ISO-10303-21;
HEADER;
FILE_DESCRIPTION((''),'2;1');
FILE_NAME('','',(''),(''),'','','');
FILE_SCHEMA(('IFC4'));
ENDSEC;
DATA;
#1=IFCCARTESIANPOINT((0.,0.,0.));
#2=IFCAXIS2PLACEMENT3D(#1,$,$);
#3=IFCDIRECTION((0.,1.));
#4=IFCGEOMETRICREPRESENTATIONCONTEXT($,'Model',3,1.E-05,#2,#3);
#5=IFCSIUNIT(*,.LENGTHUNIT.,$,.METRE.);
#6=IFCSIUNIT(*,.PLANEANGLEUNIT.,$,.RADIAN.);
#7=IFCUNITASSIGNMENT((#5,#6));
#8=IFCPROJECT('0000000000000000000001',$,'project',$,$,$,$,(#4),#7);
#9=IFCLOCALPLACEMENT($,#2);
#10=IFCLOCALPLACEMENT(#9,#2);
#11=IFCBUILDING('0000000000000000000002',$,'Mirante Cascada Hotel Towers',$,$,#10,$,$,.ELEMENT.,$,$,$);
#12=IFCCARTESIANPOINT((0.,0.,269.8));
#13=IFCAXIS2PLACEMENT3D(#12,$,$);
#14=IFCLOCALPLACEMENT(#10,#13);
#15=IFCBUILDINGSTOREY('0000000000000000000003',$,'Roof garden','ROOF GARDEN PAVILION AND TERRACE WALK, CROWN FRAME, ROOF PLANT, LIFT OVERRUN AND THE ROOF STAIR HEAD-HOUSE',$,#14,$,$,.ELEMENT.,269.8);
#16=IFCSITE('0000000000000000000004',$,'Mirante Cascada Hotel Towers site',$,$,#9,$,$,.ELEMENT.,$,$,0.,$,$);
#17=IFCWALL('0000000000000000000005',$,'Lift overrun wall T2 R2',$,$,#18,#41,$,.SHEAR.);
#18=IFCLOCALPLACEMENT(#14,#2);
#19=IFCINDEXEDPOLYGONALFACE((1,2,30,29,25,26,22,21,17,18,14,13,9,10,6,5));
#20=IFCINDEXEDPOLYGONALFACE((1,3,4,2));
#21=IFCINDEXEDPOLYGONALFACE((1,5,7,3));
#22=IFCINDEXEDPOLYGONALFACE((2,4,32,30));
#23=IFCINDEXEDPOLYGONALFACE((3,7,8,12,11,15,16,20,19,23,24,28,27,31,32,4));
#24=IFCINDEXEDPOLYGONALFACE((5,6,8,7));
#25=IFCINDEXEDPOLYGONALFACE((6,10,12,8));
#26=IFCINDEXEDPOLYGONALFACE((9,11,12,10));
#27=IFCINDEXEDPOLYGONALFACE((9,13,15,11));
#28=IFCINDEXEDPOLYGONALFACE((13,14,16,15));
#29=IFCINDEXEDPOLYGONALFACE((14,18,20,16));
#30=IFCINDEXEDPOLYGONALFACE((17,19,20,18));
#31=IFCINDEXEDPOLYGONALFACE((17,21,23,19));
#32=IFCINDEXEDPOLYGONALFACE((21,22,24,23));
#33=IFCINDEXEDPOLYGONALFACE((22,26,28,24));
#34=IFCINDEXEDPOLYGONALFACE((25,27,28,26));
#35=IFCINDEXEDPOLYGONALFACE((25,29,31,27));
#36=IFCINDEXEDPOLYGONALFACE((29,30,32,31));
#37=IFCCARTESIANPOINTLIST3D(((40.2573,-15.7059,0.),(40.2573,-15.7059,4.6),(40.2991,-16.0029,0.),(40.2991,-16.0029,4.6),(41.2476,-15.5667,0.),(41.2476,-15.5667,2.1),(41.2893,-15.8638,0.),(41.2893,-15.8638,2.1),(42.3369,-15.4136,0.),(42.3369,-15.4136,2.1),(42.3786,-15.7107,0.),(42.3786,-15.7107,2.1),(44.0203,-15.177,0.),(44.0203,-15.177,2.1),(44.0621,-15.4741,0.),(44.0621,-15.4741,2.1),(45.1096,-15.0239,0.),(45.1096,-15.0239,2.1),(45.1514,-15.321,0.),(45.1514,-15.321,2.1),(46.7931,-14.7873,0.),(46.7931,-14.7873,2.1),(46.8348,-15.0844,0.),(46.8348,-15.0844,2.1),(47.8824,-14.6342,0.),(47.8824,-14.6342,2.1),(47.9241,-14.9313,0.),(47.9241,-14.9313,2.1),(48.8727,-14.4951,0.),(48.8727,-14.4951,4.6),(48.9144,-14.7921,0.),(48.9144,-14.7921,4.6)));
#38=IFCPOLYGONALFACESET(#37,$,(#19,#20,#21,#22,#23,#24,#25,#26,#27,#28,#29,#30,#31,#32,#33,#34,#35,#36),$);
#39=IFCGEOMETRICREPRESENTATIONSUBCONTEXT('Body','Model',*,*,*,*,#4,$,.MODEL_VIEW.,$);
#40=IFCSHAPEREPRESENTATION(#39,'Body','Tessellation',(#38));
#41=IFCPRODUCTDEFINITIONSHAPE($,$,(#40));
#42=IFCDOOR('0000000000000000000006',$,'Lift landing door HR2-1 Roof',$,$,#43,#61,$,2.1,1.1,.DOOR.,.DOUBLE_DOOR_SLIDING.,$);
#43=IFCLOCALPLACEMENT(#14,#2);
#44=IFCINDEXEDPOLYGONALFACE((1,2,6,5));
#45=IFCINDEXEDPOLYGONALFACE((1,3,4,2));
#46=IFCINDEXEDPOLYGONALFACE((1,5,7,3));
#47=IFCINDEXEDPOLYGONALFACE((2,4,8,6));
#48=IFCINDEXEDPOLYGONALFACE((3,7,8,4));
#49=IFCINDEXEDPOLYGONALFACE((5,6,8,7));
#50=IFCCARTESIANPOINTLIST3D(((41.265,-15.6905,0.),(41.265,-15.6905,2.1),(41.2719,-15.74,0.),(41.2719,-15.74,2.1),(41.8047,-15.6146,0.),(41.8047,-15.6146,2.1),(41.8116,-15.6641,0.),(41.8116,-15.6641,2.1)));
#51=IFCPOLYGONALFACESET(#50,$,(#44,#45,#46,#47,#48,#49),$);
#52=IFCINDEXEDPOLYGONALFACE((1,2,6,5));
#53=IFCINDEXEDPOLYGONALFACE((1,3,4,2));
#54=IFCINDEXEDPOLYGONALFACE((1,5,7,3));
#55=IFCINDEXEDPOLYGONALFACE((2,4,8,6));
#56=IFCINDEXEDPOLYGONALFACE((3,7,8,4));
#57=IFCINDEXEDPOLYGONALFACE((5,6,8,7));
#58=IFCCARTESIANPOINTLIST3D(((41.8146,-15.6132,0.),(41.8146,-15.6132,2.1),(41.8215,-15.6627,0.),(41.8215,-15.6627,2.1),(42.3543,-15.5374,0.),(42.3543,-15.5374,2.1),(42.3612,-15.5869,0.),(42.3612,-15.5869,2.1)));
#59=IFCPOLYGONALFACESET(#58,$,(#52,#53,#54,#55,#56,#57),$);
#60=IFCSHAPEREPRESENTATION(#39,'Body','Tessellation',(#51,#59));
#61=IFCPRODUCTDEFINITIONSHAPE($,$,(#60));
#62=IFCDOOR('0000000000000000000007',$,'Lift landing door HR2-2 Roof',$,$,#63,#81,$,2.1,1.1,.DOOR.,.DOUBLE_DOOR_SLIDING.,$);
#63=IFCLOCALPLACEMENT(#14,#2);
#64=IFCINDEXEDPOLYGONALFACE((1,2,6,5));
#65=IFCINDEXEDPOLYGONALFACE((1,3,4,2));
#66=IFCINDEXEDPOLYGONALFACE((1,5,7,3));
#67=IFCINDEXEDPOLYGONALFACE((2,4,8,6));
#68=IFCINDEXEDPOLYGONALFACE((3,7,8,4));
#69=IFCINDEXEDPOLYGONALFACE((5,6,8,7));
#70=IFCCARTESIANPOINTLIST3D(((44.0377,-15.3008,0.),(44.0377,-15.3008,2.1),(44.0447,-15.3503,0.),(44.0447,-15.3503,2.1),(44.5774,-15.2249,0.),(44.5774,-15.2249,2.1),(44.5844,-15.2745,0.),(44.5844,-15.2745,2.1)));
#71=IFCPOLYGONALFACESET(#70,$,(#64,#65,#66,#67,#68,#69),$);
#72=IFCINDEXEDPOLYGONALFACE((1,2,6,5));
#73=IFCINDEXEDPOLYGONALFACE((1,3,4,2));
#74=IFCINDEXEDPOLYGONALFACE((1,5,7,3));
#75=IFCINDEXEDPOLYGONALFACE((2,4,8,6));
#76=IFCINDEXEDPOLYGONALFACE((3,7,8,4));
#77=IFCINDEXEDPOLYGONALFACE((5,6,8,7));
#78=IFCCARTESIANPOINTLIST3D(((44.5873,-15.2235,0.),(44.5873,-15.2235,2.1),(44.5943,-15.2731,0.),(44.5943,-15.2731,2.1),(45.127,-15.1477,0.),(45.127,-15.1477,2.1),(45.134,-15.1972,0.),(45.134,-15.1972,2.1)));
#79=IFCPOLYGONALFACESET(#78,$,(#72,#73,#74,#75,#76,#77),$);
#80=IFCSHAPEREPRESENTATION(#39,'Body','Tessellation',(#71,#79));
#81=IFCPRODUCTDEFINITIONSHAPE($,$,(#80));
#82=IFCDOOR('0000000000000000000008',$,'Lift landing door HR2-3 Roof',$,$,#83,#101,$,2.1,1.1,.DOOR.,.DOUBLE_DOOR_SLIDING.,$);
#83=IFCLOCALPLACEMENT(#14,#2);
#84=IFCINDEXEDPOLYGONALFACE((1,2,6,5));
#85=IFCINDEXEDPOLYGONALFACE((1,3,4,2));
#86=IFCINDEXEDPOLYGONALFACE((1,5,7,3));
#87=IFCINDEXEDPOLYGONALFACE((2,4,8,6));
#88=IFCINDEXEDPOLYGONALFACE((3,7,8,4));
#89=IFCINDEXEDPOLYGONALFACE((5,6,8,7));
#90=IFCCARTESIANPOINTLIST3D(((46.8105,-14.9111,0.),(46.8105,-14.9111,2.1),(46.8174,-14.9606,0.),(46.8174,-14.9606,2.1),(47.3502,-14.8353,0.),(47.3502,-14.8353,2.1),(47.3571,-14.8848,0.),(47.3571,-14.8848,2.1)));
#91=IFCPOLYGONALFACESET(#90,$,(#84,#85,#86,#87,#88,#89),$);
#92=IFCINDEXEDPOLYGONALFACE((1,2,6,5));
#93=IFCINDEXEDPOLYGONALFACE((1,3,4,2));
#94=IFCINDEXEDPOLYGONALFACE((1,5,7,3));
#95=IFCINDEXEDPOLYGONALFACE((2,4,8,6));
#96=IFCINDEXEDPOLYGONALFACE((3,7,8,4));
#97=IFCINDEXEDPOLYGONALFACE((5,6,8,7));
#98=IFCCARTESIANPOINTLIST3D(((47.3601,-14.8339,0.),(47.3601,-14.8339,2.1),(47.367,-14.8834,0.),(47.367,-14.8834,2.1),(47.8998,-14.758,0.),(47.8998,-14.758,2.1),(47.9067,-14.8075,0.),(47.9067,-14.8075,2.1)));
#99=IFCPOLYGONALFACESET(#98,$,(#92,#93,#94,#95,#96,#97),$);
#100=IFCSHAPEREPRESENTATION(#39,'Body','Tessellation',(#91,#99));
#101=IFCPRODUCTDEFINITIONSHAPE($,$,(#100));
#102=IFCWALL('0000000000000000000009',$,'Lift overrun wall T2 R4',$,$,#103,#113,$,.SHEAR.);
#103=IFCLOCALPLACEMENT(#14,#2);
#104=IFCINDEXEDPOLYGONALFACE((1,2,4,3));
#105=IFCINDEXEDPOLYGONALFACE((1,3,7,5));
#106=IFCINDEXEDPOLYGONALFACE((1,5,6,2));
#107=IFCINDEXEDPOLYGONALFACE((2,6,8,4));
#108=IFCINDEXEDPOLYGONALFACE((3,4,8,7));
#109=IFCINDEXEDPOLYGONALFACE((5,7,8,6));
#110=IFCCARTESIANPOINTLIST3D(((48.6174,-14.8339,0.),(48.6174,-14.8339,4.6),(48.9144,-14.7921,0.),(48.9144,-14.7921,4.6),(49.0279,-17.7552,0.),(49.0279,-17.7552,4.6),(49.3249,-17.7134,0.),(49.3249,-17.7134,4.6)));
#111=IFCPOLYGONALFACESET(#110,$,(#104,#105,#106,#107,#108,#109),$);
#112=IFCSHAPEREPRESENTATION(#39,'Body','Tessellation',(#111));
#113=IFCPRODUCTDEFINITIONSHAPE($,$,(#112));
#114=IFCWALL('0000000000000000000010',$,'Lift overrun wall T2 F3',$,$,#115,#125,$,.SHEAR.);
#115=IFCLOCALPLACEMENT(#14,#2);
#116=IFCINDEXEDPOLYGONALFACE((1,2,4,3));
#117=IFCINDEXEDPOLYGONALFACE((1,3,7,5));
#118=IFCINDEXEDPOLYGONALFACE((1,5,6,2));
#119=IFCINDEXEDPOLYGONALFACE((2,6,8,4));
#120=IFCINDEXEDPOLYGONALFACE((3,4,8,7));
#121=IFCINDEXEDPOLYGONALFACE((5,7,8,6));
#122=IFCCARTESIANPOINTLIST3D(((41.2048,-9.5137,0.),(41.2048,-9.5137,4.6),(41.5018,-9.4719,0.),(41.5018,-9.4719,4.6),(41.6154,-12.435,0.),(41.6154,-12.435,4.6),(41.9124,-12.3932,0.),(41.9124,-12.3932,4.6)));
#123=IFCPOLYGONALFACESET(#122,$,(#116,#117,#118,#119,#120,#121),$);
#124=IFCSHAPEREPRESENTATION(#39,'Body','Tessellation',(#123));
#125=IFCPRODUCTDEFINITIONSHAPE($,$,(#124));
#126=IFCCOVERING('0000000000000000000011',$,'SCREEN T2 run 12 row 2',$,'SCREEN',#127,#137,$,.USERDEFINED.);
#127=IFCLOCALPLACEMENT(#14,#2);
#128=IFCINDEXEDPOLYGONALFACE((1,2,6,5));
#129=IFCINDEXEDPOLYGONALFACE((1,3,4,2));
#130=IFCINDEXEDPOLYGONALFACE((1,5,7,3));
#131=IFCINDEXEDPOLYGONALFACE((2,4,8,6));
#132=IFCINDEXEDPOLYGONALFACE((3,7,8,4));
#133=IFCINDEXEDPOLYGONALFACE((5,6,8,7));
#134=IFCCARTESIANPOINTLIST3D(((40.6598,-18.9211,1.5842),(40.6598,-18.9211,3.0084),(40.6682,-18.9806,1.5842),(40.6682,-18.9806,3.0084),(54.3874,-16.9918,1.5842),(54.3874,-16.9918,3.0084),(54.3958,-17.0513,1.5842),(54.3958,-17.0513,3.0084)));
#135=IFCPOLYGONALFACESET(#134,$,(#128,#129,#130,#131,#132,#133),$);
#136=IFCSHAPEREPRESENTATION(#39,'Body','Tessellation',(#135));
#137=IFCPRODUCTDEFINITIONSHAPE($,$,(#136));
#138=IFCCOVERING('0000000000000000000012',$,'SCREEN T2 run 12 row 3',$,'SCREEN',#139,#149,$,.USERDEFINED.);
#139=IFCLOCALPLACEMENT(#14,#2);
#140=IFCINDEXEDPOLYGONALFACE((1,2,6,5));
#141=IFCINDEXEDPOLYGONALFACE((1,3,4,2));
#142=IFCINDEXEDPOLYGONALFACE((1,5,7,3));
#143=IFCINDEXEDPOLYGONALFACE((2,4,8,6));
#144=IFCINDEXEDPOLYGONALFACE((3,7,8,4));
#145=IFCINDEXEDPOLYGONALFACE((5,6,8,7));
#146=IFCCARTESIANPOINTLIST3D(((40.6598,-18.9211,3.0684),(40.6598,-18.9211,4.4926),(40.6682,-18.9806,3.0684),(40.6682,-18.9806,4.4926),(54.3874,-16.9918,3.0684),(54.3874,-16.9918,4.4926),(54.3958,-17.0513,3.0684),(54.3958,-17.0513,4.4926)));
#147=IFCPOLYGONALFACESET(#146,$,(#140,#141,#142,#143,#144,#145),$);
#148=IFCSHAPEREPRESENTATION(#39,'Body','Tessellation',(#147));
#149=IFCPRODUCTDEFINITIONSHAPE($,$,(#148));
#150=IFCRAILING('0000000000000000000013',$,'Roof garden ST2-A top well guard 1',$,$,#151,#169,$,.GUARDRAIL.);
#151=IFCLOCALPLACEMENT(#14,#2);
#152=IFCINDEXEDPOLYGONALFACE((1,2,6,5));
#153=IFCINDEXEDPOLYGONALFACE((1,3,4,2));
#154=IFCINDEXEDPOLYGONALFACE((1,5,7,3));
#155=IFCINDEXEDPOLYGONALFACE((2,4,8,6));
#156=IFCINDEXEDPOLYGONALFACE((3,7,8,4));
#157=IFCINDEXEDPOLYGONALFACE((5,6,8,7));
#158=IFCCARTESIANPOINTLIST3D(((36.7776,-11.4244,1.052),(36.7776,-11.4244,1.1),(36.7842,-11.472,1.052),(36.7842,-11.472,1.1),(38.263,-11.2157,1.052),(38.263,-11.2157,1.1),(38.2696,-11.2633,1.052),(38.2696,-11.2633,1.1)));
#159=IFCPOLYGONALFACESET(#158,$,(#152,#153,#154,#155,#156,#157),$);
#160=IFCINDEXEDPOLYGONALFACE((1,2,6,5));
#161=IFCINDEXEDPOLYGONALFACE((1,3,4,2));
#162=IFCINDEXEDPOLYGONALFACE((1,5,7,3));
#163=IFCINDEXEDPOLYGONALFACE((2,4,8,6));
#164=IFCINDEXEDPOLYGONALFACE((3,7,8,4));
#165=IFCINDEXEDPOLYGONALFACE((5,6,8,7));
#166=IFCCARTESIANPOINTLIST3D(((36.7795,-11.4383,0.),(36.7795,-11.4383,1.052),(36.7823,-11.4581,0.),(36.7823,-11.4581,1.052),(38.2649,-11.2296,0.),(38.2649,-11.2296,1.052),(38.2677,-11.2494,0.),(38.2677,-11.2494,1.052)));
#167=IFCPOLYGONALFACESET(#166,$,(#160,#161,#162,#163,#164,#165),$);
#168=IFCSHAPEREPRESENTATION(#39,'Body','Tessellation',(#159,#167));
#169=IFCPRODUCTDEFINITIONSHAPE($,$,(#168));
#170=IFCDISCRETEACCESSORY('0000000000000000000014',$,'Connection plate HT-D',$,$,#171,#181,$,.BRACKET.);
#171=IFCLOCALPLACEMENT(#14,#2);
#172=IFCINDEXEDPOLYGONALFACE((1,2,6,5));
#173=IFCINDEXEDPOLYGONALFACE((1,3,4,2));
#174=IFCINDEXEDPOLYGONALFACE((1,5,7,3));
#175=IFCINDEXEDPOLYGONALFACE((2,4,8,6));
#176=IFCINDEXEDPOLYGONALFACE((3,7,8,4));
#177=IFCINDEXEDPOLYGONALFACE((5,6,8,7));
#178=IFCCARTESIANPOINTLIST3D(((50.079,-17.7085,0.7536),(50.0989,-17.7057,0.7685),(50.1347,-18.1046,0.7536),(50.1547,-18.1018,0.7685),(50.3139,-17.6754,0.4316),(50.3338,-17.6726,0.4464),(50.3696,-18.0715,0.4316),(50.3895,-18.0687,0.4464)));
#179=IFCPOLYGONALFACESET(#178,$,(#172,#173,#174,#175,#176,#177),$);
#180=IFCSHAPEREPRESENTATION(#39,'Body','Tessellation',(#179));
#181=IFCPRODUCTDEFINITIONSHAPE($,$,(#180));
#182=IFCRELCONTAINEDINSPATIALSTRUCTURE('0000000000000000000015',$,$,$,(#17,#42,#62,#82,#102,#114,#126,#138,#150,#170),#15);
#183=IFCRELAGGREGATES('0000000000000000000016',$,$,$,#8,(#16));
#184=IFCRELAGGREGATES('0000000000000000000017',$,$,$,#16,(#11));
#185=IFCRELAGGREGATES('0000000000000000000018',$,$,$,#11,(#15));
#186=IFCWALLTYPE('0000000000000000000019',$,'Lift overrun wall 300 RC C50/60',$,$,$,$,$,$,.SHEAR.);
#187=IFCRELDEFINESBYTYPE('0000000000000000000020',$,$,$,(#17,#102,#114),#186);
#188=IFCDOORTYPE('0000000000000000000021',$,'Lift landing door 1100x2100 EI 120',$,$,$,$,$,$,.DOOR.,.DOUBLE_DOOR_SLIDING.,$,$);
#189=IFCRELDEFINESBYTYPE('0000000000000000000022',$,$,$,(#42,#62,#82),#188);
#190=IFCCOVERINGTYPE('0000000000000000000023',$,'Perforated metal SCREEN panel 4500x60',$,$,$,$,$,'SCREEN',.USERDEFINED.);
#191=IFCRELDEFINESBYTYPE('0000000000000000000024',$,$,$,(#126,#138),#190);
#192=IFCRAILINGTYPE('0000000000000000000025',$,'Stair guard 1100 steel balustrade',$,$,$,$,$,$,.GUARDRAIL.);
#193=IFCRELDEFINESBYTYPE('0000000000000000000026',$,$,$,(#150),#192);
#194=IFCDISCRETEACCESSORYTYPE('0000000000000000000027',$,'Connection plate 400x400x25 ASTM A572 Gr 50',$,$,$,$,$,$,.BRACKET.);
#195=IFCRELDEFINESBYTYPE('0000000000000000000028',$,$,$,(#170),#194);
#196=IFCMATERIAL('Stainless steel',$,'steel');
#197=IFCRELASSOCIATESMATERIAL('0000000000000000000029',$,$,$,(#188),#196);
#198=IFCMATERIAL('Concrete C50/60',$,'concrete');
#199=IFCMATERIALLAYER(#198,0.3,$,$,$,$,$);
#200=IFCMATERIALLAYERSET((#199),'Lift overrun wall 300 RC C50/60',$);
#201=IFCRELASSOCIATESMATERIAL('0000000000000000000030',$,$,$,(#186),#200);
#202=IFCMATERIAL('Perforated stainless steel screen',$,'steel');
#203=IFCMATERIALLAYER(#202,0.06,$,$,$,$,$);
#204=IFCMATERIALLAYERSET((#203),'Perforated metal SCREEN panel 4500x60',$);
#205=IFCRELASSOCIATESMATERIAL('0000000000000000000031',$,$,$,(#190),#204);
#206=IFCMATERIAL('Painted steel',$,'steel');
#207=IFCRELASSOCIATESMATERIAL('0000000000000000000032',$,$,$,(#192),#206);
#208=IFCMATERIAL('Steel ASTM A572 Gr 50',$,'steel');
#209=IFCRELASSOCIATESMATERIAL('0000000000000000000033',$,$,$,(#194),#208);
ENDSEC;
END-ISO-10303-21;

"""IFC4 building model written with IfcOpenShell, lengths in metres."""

from ifc_helpers import new_model, si_unit, direction, frame, frame_2d, origin, origin_2d, place, context, subcontext, project, spatial, rectangle, extrude, material, layer, layer_set, material_profile, profile_set, type_object, element, fill, save


model = new_model("IFC4")

# Units and contexts
model_context = context("Model", 3, precision=1e-05, world=origin(), true_north=direction((0.0, 1.0)))
body_context = subcontext(model_context, "Body", "Model", "MODEL_VIEW")
ifc_project = project(units=[si_unit("LENGTHUNIT", "METRE"), si_unit("PLANEANGLEUNIT", "RADIAN")], contexts=[model_context])

# Site, building, storey
site_placement = place(None, origin())
site = spatial("IfcSite", under=ifc_project, at=site_placement, Name="Mirante Cascada Hotel Towers site", CompositionType="ELEMENT", RefElevation=0.0)
building_placement = place(site_placement, origin())
building = spatial("IfcBuilding", under=site, at=building_placement, Name="Mirante Cascada Hotel Towers", CompositionType="ELEMENT")
storey_placement = place(building_placement, frame((0.0, 0.0, 269.8)))
storey = spatial("IfcBuildingStorey", under=building, at=storey_placement, Name="Roof garden", Description="ROOF GARDEN PAVILION AND TERRACE WALK, CROWN FRAME, ROOF PLANT, LIFT OVERRUN AND THE ROOF STAIR HEAD-HOUSE", CompositionType="ELEMENT", Elevation=269.8)

# Shared definitions
ifc_material_1 = material(Name="Stainless steel", Category="steel")
door_type = type_object("IfcDoorType", Name="Lift landing door 1100x2100 EI 120", OperationType="DOUBLE_DOOR_SLIDING", PredefinedType="DOOR", material=ifc_material_1)

# Wall, openings, doors
ifc_material_2 = material(Name="Concrete C50/60", Category="concrete")
ifc_layer_1 = layer(ifc_material_2, 0.3)
ifc_layer_set_1 = layer_set([ifc_layer_1], Name="Lift overrun wall 300 RC C50/60")
wall_type_1 = type_object("IfcWallType", Name="Lift overrun wall 300 RC C50/60", PredefinedType="SHEAR", material=ifc_layer_set_1)
wall_1_placement = place(storey_placement, frame((40.2782, -15.8544, 0.0), z_axis=(0.0, 0.0, 1.0), x_axis=(0.990268, 0.139173, 0.0)))
wall_1 = element("IfcWall", 1, at=wall_1_placement, inside=storey, type_object=wall_type_1, Name="Lift overrun wall T2 R2", PredefinedType="SHEAR", context=body_context, shape_type="SweptSolid", body=[
    extrude(rectangle(XDim=8.7, YDim=0.3, at=frame_2d((4.35, 0.0))), origin(), (0.0, 0.0, 1.0), 4.6),
])
opening_1_placement = place(wall_1_placement, frame((1.0, 0.0, 0.0)))
opening_1 = element("IfcOpeningElement", 2, at=opening_1_placement, cuts=wall_1, PredefinedType="OPENING", context=body_context, shape_type="SweptSolid", body=[
    extrude(rectangle(XDim=1.1, YDim=2.1, at=frame_2d((0.55, 1.05))), frame((0.0, 0.15, 0.0), z_axis=(0.0, -1.0, 0.0), x_axis=(1.0, 0.0, 0.0)), (0.0, 0.0, 1.0), 0.3),
])
opening_2_placement = place(wall_1_placement, frame((3.8, 0.0, 0.0)))
opening_2 = element("IfcOpeningElement", 3, at=opening_2_placement, cuts=wall_1, PredefinedType="OPENING", context=body_context, shape_type="SweptSolid", body=[
    extrude(rectangle(XDim=1.1, YDim=2.1, at=frame_2d((0.55, 1.05))), frame((0.0, 0.15, 0.0), z_axis=(0.0, -1.0, 0.0), x_axis=(1.0, 0.0, 0.0)), (0.0, 0.0, 1.0), 0.3),
])
opening_3_placement = place(wall_1_placement, frame((6.6, 0.0, 0.0)))
opening_3 = element("IfcOpeningElement", 4, at=opening_3_placement, cuts=wall_1, PredefinedType="OPENING", context=body_context, shape_type="SweptSolid", body=[
    extrude(rectangle(XDim=1.1, YDim=2.1, at=frame_2d((0.55, 1.05))), frame((0.0, 0.15, 0.0), z_axis=(0.0, -1.0, 0.0), x_axis=(1.0, 0.0, 0.0)), (0.0, 0.0, 1.0), 0.3),
])
door_1_placement = place(opening_1_placement, origin())
door_1 = element("IfcDoor", 5, at=door_1_placement, inside=storey, type_object=door_type, Name="Lift landing door HR2-1 Roof", OperationType="DOUBLE_DOOR_SLIDING", OverallHeight=2.1, OverallWidth=1.1, PredefinedType="DOOR", context=body_context, shape_type="SweptSolid", body=[
    extrude(rectangle(XDim=0.545, YDim=2.1, at=frame_2d((0.2725, 1.05))), frame((0.0, 0.025, 0.0), z_axis=(0.0, -1.0, 0.0), x_axis=(1.0, 0.0, 0.0)), (0.0, 0.0, 1.0), 0.05),
    extrude(rectangle(XDim=0.545, YDim=2.1, at=frame_2d((0.8275, 1.05))), frame((0.0, 0.025, 0.0), z_axis=(0.0, -1.0, 0.0), x_axis=(1.0, 0.0, 0.0)), (0.0, 0.0, 1.0), 0.05),
])
fill(opening_1, door_1)
door_2_placement = place(opening_2_placement, origin())
door_2 = element("IfcDoor", 6, at=door_2_placement, inside=storey, type_object=door_type, Name="Lift landing door HR2-2 Roof", OperationType="DOUBLE_DOOR_SLIDING", OverallHeight=2.1, OverallWidth=1.1, PredefinedType="DOOR", context=body_context, shape_type="SweptSolid", body=[
    extrude(rectangle(XDim=0.545, YDim=2.1, at=frame_2d((0.2725, 1.05))), frame((0.0, 0.025, 0.0), z_axis=(0.0, -1.0, 0.0), x_axis=(1.0, 0.0, 0.0)), (0.0, 0.0, 1.0), 0.05),
    extrude(rectangle(XDim=0.545, YDim=2.1, at=frame_2d((0.8275, 1.05))), frame((0.0, 0.025, 0.0), z_axis=(0.0, -1.0, 0.0), x_axis=(1.0, 0.0, 0.0)), (0.0, 0.0, 1.0), 0.05),
])
fill(opening_2, door_2)
door_3_placement = place(opening_3_placement, origin())
door_3 = element("IfcDoor", 7, at=door_3_placement, inside=storey, type_object=door_type, Name="Lift landing door HR2-3 Roof", OperationType="DOUBLE_DOOR_SLIDING", OverallHeight=2.1, OverallWidth=1.1, PredefinedType="DOOR", context=body_context, shape_type="SweptSolid", body=[
    extrude(rectangle(XDim=0.545, YDim=2.1, at=frame_2d((0.2725, 1.05))), frame((0.0, 0.025, 0.0), z_axis=(0.0, -1.0, 0.0), x_axis=(1.0, 0.0, 0.0)), (0.0, 0.0, 1.0), 0.05),
    extrude(rectangle(XDim=0.545, YDim=2.1, at=frame_2d((0.8275, 1.05))), frame((0.0, 0.025, 0.0), z_axis=(0.0, -1.0, 0.0), x_axis=(1.0, 0.0, 0.0)), (0.0, 0.0, 1.0), 0.05),
])
fill(opening_3, door_3)

# Walls
for number, where, z_axis, x_axis, name in (
    (8, (49.1764, -17.7343, 0.0), (0.0, 0.0, 1.0), (-0.139153, 0.990271, 0.0), "Lift overrun wall T2 R4"),
    (9, (41.7639, -12.4141, 0.0), (0.0, 0.0, 1.0), (-0.139186, 0.990266, 0.0), "Lift overrun wall T2 F3"),
):
    element("IfcWall", number, at=place(storey_placement, frame(where, z_axis=z_axis, x_axis=x_axis)), inside=storey, type_object=wall_type_1, Name=name, PredefinedType="SHEAR", context=body_context, shape_type="SweptSolid", body=[
        extrude(rectangle(XDim=2.95, YDim=0.3, at=frame_2d((1.475, 0.0))), origin(), (0.0, 0.0, 1.0), 4.6),
    ])

# Coverings
ifc_material_3 = material(Name="Perforated stainless steel screen", Category="steel")
ifc_layer_2 = layer(ifc_material_3, 0.06)
ifc_layer_set_2 = layer_set([ifc_layer_2], Name="Perforated metal SCREEN panel 4500x60")
covering_type = type_object("IfcCoveringType", Name="Perforated metal SCREEN panel 4500x60", ElementType="SCREEN", PredefinedType="USERDEFINED", material=ifc_layer_set_2)
for number, where, z_axis, x_axis, name in (
    (10, (47.5278, -17.9862, 1.5842), (0.0, 0.0, 1.0), (-0.990268, -0.139173, 0.0), "SCREEN T2 run 12 row 2"),
    (11, (47.5278, -17.9862, 3.0684), (0.0, 0.0, 1.0), (-0.990268, -0.139173, 0.0), "SCREEN T2 run 12 row 3"),
):
    element("IfcCovering", number, at=place(storey_placement, frame(where, z_axis=z_axis, x_axis=x_axis)), inside=storey, type_object=covering_type, Name=name, ObjectType="SCREEN", PredefinedType="USERDEFINED", context=body_context, shape_type="SweptSolid", body=[
        extrude(rectangle(XDim=13.8625, YDim=0.06, at=origin_2d()), origin(), (0.0, 0.0, 1.0), 1.4242),
    ])

# Railing
ifc_material_4 = material(Name="Painted steel", Category="steel")
railing_type = type_object("IfcRailingType", Name="Stair guard 1100 steel balustrade", PredefinedType="GUARDRAIL", material=ifc_material_4)
railing_placement = place(storey_placement, frame((36.7809, -11.4482, 0.0)))
element("IfcRailing", 12, at=railing_placement, inside=storey, type_object=railing_type, Name="Roof garden ST2-A top well guard 1", PredefinedType="GUARDRAIL", context=body_context, shape_type="SweptSolid", body=[
    extrude(rectangle(XDim=0.048, YDim=0.048, at=origin_2d()), frame((0.0, 0.0, 1.076), z_axis=(0.990274, 0.139134, 0.0), x_axis=(-0.139134, 0.990274, 0.0)), (0.0, 0.0, 1.0), 1.5),
    extrude(rectangle(XDim=0.02, YDim=1.052, at=origin_2d()), frame((0.0, 0.0, 0.526), z_axis=(0.990274, 0.139134, 0.0), x_axis=(-0.139134, 0.990274, 0.0)), (0.0, 0.0, 1.0), 1.5),
])

# Discrete accessory
ifc_material_5 = material(Name="Steel ASTM A572 Gr 50", Category="steel")
ifc_material_profile_1 = material_profile(ifc_material_5, rectangle(XDim=0.4, YDim=0.4, at=origin_2d()), Name="Connection plate 400x400x25 ASTM A572 Gr 50")
ifc_profile_set_1 = profile_set([ifc_material_profile_1], Name="Steel ASTM A572 Gr 50")
discrete_accessory_type = type_object("IfcDiscreteAccessoryType", Name="Connection plate 400x400x25 ASTM A572 Gr 50", PredefinedType="BRACKET", material=ifc_profile_set_1)
for number, where, z_axis, x_axis, name in (
    (13, (50.2243, -17.89, 0.5926), (0.797347, 0.112189, 0.593002), (-0.139331, 0.990246, 0.0), "Connection plate HT-D"),
):
    element("IfcDiscreteAccessory", number, at=place(storey_placement, frame(where, z_axis=z_axis, x_axis=x_axis)), inside=storey, type_object=discrete_accessory_type, Name=name, PredefinedType="BRACKET", context=body_context, shape_type="SweptSolid", body=[
        extrude(rectangle(XDim=0.4, YDim=0.4, at=origin_2d()), origin(), (0.0, 0.0, 1.0), 0.025),
    ])

save(model, "model.ifc")
